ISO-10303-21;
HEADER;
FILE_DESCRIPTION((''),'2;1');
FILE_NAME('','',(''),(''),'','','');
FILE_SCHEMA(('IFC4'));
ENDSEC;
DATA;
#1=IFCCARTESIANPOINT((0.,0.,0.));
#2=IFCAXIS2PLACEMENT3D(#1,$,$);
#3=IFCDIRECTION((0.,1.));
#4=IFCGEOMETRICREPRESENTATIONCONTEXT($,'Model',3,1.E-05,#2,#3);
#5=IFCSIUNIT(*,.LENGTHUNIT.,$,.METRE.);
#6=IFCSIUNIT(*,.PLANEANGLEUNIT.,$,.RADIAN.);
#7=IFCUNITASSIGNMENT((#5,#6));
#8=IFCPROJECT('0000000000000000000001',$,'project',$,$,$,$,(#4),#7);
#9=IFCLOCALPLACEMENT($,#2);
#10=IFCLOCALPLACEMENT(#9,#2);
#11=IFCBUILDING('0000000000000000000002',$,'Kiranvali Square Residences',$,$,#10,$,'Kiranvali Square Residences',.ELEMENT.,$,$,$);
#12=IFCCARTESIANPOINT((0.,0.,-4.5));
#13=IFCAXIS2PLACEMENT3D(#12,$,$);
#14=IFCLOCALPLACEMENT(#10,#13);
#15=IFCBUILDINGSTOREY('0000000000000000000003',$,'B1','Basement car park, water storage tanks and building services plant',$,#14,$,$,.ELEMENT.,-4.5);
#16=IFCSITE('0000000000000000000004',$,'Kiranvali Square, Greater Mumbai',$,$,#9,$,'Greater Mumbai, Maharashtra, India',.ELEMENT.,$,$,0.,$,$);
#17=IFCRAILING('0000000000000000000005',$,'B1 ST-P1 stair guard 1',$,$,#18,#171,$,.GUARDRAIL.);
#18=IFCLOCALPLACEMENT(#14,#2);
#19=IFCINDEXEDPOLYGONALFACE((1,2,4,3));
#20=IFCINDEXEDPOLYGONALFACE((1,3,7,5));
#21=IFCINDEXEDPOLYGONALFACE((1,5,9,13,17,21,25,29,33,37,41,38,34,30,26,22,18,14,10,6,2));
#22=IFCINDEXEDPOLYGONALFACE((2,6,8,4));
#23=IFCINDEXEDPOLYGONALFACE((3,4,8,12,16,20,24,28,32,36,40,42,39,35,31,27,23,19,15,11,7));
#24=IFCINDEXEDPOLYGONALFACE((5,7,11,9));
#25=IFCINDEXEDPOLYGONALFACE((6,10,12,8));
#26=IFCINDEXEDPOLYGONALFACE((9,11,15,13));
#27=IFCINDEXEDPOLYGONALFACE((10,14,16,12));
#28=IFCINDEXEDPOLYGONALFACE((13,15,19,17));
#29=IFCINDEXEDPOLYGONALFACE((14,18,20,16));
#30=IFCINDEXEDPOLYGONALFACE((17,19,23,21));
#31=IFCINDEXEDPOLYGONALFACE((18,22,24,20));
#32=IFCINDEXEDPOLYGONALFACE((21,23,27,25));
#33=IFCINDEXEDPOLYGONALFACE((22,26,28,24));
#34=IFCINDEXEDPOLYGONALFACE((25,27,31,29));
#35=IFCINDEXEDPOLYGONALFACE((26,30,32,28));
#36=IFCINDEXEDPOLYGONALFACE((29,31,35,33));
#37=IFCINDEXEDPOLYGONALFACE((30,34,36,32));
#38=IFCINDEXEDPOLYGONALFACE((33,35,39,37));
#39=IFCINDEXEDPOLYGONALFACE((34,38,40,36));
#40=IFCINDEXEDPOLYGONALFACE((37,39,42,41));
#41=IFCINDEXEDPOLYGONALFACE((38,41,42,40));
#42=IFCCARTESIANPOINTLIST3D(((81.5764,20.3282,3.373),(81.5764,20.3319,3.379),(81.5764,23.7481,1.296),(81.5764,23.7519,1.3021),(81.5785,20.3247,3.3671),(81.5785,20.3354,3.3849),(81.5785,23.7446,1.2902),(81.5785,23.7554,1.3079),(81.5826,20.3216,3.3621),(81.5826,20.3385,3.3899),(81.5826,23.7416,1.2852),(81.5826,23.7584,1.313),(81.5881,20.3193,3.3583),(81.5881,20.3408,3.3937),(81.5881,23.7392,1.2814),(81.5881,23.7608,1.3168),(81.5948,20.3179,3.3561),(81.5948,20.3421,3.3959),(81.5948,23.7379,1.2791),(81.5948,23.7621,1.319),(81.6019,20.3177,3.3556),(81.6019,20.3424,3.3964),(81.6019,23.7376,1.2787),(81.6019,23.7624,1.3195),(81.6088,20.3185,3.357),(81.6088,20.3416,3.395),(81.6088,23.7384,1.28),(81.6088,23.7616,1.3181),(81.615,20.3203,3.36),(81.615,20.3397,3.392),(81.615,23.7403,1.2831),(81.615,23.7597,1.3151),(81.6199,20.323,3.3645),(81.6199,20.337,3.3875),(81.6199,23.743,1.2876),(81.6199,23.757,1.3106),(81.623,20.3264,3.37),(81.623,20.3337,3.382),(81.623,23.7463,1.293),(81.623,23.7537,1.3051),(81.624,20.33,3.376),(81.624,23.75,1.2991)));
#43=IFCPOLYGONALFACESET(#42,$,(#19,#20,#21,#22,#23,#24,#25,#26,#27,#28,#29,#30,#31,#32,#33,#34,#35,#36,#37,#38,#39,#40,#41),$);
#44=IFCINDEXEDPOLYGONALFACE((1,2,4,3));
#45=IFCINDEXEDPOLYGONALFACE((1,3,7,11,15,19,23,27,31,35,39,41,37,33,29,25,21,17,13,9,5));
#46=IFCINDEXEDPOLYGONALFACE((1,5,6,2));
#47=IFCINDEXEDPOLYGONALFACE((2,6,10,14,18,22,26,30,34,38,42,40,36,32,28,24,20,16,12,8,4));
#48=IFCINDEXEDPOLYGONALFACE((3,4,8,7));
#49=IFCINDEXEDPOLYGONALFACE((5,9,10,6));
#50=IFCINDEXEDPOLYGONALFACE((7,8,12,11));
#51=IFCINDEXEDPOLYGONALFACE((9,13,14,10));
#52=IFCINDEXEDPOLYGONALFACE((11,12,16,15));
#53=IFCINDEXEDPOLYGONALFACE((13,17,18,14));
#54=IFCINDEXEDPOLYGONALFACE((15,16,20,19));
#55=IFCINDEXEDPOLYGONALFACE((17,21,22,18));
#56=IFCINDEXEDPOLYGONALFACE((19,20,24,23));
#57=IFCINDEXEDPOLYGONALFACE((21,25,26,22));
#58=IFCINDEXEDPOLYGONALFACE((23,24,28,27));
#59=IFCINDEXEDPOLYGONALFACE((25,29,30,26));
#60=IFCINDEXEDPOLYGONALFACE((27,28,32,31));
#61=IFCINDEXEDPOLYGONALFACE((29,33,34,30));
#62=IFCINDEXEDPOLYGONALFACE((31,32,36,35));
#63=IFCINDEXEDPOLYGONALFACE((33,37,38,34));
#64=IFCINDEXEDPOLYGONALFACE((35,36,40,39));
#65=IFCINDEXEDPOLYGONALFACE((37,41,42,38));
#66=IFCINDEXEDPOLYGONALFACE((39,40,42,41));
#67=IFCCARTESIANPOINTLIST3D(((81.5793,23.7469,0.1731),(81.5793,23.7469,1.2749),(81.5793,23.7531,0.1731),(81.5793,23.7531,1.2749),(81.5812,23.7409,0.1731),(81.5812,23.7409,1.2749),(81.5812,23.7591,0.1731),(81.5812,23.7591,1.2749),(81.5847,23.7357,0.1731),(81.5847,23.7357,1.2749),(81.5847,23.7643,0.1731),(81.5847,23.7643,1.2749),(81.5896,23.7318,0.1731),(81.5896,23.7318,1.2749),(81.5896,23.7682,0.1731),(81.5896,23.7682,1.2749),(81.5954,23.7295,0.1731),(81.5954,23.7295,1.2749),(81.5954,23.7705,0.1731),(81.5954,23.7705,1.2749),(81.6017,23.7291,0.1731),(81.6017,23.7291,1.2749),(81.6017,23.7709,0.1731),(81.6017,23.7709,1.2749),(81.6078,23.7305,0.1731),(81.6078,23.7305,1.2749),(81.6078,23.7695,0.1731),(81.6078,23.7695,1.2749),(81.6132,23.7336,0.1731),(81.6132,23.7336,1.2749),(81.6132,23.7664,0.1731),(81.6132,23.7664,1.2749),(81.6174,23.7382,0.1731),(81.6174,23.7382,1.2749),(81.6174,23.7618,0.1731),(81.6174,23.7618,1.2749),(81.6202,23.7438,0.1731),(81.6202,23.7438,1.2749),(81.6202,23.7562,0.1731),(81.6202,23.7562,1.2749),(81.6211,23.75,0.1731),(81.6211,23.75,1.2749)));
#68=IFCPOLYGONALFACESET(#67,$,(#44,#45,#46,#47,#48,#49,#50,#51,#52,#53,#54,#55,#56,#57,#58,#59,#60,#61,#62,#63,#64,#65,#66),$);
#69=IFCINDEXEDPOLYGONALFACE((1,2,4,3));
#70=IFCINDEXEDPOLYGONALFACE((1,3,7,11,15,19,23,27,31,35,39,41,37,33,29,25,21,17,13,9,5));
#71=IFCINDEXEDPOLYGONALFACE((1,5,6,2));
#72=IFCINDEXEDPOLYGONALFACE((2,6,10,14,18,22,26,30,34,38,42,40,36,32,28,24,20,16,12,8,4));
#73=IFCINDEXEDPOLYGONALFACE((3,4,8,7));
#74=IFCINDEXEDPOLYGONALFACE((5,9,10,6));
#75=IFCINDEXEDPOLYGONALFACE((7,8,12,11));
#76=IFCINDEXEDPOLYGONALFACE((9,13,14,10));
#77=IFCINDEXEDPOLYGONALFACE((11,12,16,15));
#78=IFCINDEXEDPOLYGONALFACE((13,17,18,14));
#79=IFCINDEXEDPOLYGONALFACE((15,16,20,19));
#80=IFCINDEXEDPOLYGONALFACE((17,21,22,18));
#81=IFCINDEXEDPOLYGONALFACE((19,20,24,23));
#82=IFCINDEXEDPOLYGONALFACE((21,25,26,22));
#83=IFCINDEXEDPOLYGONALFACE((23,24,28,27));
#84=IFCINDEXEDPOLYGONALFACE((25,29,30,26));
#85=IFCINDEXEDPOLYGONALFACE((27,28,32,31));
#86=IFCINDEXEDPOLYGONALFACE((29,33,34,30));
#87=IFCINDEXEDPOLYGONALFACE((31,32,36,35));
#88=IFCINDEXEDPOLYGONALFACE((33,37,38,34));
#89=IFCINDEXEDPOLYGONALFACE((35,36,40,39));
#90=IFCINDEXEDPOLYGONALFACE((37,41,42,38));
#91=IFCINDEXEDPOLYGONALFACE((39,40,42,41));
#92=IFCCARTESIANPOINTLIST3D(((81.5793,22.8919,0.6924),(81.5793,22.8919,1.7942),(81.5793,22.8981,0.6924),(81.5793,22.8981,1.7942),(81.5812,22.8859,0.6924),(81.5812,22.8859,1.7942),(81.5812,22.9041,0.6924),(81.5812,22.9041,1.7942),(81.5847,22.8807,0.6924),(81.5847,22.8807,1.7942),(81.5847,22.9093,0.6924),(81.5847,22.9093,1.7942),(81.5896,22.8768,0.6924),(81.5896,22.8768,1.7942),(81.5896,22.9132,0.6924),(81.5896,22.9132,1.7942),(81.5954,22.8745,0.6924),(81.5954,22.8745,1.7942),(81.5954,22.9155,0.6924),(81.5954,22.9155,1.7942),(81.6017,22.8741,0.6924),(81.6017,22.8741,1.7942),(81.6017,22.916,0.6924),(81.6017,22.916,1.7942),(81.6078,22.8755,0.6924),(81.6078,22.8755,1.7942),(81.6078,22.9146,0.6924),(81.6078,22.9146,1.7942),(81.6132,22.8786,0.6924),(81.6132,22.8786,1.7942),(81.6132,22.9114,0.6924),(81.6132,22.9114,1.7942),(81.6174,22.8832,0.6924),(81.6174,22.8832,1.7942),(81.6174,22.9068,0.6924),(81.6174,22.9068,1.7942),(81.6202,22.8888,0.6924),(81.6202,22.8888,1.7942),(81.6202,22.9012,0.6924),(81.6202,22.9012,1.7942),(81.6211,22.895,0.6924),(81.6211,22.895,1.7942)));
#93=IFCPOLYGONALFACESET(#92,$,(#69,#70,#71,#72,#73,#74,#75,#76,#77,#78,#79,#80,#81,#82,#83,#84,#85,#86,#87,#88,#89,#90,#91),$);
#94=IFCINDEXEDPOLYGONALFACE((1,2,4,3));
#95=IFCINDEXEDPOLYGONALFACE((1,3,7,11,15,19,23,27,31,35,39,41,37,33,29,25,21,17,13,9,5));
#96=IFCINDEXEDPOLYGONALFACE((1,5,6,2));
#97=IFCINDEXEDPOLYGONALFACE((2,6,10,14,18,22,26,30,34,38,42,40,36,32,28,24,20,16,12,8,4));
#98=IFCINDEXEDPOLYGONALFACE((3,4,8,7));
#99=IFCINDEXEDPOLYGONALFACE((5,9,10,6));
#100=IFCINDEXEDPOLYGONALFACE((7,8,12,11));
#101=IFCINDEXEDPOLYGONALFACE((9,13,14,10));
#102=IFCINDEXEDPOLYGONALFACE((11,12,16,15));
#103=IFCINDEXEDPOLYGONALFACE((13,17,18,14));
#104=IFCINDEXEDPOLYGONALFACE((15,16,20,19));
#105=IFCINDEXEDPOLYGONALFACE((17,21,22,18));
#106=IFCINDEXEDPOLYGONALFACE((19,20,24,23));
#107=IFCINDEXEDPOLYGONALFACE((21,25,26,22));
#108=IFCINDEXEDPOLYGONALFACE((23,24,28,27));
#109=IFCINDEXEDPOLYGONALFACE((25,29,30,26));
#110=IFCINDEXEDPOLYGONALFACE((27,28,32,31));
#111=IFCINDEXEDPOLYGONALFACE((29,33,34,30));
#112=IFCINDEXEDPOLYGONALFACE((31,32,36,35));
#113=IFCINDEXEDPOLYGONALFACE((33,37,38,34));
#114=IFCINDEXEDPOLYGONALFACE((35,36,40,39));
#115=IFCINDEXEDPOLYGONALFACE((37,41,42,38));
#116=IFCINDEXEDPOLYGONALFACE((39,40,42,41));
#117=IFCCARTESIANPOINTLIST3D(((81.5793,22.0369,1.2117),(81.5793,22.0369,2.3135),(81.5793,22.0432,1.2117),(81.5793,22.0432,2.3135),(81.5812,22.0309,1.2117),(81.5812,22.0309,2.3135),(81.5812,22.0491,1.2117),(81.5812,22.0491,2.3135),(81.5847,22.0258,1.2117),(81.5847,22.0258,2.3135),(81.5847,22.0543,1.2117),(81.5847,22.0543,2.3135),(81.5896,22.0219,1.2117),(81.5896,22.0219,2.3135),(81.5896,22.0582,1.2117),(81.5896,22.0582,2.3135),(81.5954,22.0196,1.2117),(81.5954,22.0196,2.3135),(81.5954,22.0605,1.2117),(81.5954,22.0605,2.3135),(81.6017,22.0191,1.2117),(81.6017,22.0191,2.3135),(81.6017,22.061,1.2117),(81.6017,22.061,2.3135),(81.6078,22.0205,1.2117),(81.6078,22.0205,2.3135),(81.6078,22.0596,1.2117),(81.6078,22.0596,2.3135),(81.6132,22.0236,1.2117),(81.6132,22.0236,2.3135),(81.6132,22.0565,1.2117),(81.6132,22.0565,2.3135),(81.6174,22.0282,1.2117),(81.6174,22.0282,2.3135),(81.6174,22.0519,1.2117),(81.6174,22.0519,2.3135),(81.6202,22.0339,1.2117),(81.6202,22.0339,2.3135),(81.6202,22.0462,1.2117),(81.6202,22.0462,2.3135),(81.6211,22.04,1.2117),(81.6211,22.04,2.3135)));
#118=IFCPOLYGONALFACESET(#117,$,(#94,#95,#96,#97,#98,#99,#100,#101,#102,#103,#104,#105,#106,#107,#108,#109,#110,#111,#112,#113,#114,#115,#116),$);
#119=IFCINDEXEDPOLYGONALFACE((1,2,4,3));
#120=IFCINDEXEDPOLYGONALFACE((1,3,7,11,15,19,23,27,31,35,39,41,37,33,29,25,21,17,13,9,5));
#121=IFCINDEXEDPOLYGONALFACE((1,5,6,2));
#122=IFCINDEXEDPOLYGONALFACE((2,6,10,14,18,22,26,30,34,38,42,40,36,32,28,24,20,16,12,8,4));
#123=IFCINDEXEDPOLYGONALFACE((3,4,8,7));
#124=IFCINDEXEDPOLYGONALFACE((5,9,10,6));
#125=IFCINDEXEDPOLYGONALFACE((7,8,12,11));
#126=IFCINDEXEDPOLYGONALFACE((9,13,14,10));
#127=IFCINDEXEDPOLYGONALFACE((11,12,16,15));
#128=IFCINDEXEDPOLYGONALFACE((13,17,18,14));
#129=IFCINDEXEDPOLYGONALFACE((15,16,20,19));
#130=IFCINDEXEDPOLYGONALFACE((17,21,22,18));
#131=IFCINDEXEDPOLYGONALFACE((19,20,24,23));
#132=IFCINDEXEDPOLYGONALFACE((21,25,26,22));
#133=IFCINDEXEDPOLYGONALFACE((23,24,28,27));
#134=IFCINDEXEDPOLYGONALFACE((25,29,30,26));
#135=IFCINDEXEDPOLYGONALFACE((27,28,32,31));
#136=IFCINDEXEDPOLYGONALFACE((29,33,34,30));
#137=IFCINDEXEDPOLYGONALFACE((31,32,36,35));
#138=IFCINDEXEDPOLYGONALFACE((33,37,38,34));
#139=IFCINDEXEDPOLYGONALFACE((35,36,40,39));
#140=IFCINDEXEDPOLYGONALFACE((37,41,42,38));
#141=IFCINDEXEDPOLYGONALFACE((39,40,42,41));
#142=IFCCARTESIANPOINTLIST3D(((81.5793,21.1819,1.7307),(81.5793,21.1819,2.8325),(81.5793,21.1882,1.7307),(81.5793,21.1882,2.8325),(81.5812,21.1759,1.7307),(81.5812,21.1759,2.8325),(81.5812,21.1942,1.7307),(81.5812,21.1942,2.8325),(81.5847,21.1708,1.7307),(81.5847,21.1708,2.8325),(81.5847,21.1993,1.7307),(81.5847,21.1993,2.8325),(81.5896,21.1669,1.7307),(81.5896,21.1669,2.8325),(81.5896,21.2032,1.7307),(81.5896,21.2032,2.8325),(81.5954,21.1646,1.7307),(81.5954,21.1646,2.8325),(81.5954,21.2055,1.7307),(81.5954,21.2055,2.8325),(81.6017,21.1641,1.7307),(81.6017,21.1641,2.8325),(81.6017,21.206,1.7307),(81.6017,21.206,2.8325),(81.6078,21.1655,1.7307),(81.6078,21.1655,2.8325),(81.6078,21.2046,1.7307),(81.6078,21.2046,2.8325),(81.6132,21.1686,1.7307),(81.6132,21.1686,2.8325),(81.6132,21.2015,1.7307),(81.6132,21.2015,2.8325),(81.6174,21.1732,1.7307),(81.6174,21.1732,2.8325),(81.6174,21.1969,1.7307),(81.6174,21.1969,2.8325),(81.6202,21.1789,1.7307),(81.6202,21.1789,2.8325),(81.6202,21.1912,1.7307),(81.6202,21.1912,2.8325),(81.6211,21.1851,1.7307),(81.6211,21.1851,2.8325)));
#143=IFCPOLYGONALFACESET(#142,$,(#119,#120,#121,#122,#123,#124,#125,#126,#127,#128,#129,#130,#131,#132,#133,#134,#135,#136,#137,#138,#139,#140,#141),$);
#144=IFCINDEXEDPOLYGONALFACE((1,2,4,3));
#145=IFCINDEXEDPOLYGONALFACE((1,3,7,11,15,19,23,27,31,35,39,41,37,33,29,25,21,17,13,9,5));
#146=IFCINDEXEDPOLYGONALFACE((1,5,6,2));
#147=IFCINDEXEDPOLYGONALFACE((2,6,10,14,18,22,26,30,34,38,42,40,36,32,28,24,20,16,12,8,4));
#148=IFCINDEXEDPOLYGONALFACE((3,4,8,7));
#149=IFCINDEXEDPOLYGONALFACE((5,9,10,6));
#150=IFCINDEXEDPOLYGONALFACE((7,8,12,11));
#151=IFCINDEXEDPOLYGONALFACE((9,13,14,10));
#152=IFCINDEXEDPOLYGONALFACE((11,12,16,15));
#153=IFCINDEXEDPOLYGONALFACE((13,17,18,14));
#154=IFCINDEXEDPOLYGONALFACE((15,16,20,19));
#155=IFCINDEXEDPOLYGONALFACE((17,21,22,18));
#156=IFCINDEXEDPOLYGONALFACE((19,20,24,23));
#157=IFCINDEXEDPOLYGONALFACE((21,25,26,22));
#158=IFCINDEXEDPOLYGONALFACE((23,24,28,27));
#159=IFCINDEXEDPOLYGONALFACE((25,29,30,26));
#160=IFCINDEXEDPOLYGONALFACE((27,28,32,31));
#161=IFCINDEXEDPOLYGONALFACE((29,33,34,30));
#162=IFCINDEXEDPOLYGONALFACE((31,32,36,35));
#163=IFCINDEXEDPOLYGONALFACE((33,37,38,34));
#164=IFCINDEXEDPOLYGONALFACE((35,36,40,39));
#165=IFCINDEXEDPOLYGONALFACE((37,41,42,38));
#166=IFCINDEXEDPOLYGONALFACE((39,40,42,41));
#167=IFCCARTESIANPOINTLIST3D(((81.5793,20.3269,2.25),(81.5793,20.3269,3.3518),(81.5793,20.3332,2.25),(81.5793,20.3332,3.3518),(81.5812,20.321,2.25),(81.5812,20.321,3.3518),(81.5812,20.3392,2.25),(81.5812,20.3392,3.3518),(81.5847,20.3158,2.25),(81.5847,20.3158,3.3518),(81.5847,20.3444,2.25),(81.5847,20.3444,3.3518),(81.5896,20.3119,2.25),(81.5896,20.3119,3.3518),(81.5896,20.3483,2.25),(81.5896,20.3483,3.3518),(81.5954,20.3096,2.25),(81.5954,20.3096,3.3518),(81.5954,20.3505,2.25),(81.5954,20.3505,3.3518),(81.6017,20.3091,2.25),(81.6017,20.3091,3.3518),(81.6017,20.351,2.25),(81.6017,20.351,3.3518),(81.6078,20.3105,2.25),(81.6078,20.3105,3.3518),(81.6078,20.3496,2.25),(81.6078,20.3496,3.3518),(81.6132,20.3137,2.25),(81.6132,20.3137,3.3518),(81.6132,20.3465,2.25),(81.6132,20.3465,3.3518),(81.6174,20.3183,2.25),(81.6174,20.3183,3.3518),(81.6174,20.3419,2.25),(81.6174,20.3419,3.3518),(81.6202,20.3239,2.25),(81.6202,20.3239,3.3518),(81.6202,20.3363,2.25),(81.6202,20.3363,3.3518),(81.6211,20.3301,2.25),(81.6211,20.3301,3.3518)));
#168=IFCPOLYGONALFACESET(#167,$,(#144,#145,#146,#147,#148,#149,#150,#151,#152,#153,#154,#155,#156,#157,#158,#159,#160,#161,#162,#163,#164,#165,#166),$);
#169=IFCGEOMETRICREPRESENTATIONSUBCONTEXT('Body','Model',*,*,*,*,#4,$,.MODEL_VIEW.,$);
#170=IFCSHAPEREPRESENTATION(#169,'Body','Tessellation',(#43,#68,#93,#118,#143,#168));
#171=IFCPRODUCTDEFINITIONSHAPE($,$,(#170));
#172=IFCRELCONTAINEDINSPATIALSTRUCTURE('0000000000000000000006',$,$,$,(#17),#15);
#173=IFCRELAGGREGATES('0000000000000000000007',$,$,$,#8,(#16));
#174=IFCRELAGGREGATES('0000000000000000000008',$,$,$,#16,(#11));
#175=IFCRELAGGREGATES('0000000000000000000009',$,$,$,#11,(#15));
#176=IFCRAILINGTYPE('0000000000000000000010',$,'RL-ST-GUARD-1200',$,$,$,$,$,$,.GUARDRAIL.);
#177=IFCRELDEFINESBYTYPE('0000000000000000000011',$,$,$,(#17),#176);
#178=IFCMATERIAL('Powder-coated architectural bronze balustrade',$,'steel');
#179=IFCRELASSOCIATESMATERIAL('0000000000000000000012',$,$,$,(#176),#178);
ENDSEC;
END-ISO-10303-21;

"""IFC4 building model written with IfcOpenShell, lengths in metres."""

from ifc_helpers import new_model, si_unit, direction, frame, origin, origin_2d, place, context, subcontext, project, spatial, circle, extrude, material, type_object, element, save


model = new_model("IFC4")

# Units and contexts
model_context = context("Model", 3, precision=1e-05, world=origin(), true_north=direction((0.0, 1.0)))
body_context = subcontext(model_context, "Body", "Model", "MODEL_VIEW")
ifc_project = project(units=[si_unit("LENGTHUNIT", "METRE"), si_unit("PLANEANGLEUNIT", "RADIAN")], contexts=[model_context])

# Site, building, storey
site_placement = place(None, origin())
site = spatial("IfcSite", under=ifc_project, at=site_placement, Name="Kiranvali Square, Greater Mumbai", LongName="Greater Mumbai, Maharashtra, India", CompositionType="ELEMENT", RefElevation=0.0)
building_placement = place(site_placement, origin())
building = spatial("IfcBuilding", under=site, at=building_placement, Name="Kiranvali Square Residences", LongName="Kiranvali Square Residences", CompositionType="ELEMENT")
storey_placement = place(building_placement, frame((0.0, 0.0, -4.5)))
storey = spatial("IfcBuildingStorey", under=building, at=storey_placement, Name="B1", Description="Basement car park, water storage tanks and building services plant", CompositionType="ELEMENT", Elevation=-4.5)

# Railing
ifc_material_1 = material(Name="Powder-coated architectural bronze balustrade", Category="steel")
railing_type_1 = type_object("IfcRailingType", Name="RL-ST-GUARD-1200", PredefinedType="GUARDRAIL", material=ifc_material_1)
railing_1_placement = place(storey_placement, frame((81.6001, 23.75, 0.1731)))
element("IfcRailing", 1, at=railing_1_placement, inside=storey, type_object=railing_type_1, Name="B1 ST-P1 stair guard 1", PredefinedType="GUARDRAIL", context=body_context, shape_type="SweptSolid", body=[
    extrude(circle(Radius=0.0239, at=origin_2d()), frame((0.0, 0.0, 1.126), z_axis=(0.0, -0.85473, 0.519074), x_axis=(1.0, 0.0, 0.0)), (0.0, 0.0, 1.0), 4.0012),
    extrude(circle(Radius=0.021, at=origin_2d()), origin(), (0.0, 0.0, 1.0), 1.1018),
    extrude(circle(Radius=0.021, at=origin_2d()), frame((0.0, -0.855, 0.5193)), (0.0, 0.0, 1.0), 1.1018),
    extrude(circle(Radius=0.021, at=origin_2d()), frame((0.0, -1.71, 1.0386)), (0.0, 0.0, 1.0), 1.1018),
    extrude(circle(Radius=0.021, at=origin_2d()), frame((0.0, -2.5649, 1.5576)), (0.0, 0.0, 1.0), 1.1018),
    extrude(circle(Radius=0.021, at=origin_2d()), frame((0.0, -3.4199, 2.0769)), (0.0, 0.0, 1.0), 1.1018),
])

save(model, "model.ifc")
